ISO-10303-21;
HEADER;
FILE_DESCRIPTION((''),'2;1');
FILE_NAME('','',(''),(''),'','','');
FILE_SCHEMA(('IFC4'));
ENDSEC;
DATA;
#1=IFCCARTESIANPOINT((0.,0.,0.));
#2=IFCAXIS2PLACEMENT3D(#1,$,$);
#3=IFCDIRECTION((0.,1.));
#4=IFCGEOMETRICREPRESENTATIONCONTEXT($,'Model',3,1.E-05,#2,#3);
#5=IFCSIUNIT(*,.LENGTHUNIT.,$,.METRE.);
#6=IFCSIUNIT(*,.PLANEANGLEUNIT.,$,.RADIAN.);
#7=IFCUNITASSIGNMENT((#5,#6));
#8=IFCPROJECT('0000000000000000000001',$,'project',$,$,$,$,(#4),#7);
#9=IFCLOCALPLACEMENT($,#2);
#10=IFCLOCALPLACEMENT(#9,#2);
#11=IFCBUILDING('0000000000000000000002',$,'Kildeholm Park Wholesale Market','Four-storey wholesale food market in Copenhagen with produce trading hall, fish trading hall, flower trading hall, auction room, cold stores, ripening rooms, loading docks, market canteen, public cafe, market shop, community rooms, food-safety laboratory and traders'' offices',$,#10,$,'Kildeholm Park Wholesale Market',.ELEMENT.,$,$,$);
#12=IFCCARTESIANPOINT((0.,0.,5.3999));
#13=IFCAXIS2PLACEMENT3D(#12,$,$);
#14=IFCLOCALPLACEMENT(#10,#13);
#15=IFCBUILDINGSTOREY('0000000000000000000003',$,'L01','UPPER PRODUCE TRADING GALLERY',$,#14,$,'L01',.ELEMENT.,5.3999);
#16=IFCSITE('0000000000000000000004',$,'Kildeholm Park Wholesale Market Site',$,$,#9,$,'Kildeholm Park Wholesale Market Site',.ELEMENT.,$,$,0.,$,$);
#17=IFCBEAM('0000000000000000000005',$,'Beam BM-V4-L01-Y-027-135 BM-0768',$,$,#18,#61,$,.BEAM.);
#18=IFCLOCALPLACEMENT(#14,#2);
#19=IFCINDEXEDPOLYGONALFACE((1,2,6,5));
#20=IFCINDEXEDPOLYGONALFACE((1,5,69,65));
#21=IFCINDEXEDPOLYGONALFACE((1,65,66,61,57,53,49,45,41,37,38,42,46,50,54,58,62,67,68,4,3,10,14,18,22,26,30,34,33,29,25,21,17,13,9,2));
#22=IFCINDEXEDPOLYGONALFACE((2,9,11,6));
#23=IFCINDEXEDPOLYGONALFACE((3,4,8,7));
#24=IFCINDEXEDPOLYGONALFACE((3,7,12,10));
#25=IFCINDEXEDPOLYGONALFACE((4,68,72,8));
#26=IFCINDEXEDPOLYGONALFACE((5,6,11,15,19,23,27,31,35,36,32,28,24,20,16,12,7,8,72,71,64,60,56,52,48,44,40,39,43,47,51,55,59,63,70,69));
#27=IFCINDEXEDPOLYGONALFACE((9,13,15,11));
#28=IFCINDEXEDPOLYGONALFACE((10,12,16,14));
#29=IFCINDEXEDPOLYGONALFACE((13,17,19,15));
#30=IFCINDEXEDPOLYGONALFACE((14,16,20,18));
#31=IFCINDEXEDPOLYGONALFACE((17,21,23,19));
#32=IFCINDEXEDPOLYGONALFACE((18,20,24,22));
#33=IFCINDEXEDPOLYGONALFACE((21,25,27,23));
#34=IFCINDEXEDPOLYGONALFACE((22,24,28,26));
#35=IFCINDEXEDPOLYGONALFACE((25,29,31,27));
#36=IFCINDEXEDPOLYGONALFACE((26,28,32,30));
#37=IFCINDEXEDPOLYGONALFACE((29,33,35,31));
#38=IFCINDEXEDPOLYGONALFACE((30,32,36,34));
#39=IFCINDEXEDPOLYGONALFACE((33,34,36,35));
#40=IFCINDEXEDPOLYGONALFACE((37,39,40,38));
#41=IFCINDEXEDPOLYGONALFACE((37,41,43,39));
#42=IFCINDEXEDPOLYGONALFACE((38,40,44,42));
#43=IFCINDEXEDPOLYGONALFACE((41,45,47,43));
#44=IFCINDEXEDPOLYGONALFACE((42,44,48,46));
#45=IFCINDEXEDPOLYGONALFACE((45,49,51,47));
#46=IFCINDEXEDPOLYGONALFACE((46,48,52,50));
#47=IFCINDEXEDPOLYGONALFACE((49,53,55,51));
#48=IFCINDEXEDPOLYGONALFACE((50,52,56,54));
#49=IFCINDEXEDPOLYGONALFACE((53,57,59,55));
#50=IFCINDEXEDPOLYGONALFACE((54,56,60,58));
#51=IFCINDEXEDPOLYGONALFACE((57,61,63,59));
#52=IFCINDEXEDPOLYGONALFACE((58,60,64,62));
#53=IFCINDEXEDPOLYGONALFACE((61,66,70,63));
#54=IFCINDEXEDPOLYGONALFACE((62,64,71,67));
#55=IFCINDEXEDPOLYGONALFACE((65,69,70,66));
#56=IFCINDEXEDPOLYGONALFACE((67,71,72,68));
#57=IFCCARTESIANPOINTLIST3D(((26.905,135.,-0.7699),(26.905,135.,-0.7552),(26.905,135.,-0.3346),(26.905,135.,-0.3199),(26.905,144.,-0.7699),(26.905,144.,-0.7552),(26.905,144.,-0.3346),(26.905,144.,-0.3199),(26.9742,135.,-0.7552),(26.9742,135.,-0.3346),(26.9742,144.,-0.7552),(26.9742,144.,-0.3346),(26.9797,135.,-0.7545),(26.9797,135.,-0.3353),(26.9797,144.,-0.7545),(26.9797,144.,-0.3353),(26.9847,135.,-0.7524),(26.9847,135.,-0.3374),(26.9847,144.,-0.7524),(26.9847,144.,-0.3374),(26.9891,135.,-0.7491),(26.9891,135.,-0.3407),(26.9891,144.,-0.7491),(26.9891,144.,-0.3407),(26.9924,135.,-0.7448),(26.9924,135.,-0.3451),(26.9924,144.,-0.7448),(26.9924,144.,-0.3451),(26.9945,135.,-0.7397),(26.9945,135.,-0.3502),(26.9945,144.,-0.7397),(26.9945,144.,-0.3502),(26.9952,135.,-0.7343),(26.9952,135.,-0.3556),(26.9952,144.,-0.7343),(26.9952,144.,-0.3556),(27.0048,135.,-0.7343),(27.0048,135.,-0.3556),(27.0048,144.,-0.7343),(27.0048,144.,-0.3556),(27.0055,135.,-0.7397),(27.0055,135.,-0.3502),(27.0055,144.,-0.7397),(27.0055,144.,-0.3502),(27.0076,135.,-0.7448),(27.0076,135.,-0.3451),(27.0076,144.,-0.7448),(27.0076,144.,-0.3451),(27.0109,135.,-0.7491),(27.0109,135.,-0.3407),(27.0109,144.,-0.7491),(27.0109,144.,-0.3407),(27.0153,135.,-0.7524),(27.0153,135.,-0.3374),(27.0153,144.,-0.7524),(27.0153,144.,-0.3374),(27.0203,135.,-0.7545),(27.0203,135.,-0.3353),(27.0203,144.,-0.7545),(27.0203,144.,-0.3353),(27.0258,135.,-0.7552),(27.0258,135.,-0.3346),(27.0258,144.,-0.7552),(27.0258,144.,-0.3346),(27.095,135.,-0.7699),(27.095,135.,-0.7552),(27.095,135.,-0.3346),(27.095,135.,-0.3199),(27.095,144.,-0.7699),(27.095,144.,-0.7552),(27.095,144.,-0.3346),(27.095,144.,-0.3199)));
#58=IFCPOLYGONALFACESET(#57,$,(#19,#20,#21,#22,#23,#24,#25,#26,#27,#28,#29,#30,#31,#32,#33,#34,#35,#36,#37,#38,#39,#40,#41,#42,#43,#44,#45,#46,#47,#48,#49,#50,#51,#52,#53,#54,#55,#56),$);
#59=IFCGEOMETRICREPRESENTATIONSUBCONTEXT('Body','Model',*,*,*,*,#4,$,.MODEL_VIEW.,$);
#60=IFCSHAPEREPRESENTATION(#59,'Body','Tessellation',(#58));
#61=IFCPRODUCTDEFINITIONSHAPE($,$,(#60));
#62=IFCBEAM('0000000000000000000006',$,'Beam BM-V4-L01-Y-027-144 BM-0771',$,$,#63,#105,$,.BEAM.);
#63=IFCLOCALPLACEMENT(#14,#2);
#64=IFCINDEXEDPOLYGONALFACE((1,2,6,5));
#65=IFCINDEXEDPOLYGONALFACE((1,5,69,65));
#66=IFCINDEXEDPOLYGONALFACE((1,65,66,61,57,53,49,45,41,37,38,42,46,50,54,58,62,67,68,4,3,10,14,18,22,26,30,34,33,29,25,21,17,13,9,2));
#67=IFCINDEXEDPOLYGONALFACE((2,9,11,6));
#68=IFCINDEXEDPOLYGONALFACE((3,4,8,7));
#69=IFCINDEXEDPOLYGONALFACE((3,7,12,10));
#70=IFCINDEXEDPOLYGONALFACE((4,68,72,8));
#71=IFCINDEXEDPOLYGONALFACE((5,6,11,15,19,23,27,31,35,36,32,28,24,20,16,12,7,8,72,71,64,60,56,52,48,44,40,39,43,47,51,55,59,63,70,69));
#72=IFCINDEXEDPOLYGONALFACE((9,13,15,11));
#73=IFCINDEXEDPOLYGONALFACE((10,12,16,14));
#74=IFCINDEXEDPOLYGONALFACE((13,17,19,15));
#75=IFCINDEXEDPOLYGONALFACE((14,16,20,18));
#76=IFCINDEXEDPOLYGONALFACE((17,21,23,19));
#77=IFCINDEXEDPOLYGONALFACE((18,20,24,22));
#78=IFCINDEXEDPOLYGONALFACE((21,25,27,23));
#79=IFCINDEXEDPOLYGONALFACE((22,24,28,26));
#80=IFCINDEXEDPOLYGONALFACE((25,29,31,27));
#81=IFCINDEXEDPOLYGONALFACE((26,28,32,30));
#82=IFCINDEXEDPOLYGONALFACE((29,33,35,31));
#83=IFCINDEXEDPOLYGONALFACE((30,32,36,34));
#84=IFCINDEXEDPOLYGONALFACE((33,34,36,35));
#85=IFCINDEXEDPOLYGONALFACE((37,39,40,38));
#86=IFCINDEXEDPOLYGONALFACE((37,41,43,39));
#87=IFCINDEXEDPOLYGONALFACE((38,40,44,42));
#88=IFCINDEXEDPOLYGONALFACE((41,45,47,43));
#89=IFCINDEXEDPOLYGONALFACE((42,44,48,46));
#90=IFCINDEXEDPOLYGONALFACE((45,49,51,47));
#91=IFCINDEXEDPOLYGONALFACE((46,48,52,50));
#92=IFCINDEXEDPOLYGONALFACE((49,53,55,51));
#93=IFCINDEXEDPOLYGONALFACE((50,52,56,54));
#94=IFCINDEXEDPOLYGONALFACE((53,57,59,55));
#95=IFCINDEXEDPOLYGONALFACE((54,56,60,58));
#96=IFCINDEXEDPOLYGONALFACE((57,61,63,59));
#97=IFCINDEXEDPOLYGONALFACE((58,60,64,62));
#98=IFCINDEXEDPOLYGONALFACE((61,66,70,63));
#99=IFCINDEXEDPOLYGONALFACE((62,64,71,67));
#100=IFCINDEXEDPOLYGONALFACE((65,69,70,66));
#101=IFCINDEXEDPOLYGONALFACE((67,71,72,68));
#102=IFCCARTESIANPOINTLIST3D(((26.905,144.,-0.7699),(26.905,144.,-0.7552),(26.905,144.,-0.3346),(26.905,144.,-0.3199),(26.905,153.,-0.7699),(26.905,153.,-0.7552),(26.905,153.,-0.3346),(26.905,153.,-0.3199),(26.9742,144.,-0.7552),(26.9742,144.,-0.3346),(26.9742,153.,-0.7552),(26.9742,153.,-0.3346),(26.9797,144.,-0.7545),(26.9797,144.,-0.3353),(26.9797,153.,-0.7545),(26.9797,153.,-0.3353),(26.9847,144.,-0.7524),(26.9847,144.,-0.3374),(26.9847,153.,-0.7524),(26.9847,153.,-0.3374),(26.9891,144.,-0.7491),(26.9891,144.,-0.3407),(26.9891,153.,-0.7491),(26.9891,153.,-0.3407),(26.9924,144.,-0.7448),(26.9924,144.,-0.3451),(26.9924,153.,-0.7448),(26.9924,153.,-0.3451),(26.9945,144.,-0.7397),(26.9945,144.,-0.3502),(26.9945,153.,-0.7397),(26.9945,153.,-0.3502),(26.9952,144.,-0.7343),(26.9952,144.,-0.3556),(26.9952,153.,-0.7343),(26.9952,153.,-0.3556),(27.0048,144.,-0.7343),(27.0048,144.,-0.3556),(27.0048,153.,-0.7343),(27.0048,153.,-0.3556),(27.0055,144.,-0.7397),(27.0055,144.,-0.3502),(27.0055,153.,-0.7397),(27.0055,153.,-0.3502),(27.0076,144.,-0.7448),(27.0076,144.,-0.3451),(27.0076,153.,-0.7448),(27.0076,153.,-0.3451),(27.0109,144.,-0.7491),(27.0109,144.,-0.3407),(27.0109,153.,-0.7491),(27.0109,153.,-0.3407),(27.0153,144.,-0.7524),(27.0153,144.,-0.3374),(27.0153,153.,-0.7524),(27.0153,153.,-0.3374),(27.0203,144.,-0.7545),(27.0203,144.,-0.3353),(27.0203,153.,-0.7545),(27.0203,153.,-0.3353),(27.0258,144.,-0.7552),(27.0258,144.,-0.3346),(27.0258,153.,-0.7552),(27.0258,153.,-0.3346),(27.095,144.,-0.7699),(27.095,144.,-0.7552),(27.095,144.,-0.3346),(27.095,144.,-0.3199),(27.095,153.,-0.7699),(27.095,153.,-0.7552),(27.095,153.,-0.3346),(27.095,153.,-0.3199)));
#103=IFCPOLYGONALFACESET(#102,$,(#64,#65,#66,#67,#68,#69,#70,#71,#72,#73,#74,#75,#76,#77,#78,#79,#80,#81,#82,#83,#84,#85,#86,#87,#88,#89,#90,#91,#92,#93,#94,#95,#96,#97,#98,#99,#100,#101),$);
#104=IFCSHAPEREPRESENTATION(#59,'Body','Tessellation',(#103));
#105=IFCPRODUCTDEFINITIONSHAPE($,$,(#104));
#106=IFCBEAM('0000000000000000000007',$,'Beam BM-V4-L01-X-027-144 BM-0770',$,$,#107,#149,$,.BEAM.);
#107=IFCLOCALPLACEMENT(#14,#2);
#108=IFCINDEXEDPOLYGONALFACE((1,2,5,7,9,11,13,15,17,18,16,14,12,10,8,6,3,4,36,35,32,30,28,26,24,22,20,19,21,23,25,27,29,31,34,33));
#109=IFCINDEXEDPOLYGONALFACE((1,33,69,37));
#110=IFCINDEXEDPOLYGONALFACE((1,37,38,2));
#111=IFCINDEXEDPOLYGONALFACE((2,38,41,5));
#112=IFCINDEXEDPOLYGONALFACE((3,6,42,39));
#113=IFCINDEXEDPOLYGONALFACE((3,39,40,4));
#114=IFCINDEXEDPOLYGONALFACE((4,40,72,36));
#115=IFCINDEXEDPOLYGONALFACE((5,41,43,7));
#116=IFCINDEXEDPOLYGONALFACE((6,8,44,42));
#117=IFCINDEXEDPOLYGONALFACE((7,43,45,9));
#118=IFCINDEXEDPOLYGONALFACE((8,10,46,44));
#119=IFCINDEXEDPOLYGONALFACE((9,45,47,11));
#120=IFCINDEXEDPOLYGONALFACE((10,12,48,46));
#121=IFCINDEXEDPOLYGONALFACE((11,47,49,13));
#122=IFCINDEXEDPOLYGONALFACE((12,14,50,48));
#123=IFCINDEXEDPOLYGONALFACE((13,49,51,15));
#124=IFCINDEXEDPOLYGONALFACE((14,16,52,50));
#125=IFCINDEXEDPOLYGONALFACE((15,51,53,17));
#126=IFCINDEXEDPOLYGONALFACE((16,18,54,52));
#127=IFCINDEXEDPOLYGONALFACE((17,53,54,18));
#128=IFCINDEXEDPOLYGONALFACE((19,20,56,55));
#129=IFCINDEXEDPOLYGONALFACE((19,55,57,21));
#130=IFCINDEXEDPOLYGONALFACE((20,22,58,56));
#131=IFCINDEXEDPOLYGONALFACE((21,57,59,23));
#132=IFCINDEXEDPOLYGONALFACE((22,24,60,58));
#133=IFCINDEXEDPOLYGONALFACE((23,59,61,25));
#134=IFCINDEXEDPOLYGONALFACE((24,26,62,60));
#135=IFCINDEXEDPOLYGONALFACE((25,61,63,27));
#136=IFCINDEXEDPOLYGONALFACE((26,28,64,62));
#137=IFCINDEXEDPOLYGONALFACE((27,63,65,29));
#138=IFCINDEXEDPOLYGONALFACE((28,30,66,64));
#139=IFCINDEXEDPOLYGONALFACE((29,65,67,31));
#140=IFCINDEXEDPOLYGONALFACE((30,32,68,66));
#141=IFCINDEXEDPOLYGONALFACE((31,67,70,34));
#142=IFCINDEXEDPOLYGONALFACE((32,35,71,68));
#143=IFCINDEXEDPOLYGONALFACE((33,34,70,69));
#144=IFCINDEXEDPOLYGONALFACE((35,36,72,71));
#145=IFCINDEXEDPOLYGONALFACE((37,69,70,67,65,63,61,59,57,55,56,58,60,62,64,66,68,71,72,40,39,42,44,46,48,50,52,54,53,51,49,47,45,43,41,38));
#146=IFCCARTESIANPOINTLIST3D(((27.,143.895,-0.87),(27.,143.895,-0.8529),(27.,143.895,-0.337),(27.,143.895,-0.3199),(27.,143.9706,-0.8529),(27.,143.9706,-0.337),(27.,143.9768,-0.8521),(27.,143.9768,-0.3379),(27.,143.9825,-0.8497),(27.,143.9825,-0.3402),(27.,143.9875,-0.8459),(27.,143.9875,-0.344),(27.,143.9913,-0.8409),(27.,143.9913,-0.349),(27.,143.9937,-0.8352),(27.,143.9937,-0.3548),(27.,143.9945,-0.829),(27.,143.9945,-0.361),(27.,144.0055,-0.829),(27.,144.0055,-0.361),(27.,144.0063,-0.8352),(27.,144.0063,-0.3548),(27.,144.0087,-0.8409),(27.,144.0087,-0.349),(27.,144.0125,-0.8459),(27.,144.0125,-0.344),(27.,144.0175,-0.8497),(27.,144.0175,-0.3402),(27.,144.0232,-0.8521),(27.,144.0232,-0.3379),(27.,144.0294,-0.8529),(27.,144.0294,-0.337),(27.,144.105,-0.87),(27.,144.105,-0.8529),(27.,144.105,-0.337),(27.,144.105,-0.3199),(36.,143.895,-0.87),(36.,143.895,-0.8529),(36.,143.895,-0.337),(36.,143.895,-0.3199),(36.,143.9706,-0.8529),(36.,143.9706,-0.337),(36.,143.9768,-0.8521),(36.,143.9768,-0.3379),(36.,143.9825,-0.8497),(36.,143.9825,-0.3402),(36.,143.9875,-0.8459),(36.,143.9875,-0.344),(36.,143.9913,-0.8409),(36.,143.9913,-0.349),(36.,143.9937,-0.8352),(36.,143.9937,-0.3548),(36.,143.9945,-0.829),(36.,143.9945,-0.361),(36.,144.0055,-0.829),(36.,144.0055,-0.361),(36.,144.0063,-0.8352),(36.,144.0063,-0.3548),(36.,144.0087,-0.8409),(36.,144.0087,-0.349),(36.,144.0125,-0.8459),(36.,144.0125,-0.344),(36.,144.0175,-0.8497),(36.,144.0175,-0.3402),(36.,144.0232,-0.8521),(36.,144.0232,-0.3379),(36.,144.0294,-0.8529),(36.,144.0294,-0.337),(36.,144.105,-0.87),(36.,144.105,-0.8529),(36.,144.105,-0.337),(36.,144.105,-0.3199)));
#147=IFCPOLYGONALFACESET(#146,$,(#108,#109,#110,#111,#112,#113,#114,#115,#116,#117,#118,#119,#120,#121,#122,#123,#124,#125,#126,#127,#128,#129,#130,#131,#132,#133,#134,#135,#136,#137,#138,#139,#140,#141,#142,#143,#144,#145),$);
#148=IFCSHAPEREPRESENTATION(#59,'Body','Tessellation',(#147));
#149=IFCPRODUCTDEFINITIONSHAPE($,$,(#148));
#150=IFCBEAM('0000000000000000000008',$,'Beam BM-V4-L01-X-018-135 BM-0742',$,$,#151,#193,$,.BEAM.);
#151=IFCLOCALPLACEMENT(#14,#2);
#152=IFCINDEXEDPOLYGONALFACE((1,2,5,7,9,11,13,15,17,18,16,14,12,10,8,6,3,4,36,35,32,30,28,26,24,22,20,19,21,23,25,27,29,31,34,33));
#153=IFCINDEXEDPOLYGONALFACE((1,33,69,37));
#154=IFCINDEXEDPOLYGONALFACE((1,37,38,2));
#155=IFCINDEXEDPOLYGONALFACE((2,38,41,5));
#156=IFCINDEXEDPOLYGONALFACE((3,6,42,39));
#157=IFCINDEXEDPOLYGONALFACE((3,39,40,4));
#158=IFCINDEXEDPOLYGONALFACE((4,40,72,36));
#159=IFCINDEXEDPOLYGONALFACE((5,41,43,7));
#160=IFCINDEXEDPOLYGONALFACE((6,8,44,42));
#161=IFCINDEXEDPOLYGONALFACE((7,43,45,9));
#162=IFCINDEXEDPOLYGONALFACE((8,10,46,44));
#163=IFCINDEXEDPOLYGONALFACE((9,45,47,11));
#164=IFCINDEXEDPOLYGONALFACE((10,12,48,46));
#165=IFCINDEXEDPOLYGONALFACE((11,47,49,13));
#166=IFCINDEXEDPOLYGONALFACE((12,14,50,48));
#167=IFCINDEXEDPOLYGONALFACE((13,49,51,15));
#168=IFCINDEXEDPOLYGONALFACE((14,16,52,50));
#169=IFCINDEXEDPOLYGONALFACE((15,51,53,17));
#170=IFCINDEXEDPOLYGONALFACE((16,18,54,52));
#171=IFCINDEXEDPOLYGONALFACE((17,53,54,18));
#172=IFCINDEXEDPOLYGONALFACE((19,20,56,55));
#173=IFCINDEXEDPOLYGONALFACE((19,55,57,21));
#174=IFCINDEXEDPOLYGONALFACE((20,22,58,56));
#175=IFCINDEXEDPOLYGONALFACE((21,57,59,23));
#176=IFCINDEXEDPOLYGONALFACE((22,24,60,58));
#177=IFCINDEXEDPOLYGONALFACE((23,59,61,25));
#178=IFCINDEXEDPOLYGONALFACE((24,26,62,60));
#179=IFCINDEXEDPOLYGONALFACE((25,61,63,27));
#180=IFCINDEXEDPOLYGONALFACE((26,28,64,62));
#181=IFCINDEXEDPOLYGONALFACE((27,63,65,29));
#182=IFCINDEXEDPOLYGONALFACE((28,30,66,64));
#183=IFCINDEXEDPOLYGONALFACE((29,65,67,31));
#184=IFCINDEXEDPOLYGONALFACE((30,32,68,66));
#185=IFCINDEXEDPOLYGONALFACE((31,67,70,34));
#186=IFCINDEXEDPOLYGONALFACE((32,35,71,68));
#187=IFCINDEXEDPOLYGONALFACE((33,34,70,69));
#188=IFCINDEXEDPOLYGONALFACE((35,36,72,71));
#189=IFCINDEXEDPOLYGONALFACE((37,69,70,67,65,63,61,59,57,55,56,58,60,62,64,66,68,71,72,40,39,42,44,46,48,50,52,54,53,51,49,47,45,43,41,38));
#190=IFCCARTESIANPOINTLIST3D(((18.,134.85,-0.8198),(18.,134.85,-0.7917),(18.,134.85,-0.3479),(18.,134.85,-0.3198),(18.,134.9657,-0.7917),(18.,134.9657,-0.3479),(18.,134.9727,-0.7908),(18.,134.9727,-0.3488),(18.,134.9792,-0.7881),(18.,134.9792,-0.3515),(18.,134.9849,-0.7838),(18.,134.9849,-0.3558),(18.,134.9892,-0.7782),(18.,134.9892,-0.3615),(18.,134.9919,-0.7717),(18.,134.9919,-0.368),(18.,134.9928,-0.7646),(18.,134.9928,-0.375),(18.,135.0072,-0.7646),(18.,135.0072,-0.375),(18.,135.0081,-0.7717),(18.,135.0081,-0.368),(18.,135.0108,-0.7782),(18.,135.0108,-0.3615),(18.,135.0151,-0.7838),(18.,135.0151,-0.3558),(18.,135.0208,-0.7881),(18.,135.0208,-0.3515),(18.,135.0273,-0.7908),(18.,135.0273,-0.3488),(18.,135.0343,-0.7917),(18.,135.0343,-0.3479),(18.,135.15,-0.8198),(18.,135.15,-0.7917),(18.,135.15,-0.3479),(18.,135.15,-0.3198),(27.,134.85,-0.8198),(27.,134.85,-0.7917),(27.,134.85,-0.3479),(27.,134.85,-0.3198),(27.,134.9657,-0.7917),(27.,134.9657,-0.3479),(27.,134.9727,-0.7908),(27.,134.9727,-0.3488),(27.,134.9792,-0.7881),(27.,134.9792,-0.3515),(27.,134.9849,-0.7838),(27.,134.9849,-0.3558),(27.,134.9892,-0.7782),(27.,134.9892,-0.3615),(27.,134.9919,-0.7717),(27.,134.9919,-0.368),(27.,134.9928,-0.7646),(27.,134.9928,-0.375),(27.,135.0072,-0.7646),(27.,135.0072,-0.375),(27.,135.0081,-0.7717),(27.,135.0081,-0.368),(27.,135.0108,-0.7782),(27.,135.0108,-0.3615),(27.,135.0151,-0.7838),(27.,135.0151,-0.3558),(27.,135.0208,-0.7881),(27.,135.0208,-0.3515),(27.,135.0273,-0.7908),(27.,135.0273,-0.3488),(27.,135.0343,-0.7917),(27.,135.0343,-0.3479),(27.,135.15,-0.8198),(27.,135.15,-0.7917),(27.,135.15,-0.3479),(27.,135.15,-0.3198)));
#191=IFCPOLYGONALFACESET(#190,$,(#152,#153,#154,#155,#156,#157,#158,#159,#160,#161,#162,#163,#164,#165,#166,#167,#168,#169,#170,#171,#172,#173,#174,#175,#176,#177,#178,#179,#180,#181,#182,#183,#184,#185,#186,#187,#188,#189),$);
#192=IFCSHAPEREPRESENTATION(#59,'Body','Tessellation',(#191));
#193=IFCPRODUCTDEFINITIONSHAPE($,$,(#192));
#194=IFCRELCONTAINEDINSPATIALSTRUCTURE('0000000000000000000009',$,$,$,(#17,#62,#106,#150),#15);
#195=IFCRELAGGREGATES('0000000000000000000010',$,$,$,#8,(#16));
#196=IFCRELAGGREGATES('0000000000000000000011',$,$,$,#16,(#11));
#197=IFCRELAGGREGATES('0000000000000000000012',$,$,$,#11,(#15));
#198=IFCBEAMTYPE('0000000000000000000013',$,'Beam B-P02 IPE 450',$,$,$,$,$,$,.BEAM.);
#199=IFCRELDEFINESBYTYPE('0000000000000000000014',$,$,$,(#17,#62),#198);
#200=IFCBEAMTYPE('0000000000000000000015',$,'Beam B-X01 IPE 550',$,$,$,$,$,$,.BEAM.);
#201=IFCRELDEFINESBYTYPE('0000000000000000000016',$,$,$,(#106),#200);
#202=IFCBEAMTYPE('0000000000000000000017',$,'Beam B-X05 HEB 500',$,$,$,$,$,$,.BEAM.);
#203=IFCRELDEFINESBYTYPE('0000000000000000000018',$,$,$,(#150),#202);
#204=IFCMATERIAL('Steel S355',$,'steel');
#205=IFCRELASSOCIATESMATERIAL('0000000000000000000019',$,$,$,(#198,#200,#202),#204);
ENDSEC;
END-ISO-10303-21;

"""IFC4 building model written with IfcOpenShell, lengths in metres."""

from ifc_helpers import new_model, si_unit, direction, frame, origin, origin_2d, place, context, subcontext, project, spatial, i_section, extrude, material, material_profile, profile_set, type_object, element, save


model = new_model("IFC4")

# Units and contexts
model_context = context("Model", 3, precision=1e-05, world=origin(), true_north=direction((0.0, 1.0)))
body_context = subcontext(model_context, "Body", "Model", "MODEL_VIEW")
ifc_project = project(units=[si_unit("LENGTHUNIT", "METRE"), si_unit("PLANEANGLEUNIT", "RADIAN")], contexts=[model_context])

# Site, building, storey
site_placement = place(None, origin())
site = spatial("IfcSite", under=ifc_project, at=site_placement, Name="Kildeholm Park Wholesale Market Site", LongName="Kildeholm Park Wholesale Market Site", CompositionType="ELEMENT", RefElevation=0.0)
building_placement = place(site_placement, origin())
building = spatial("IfcBuilding", under=site, at=building_placement, Name="Kildeholm Park Wholesale Market", Description="Four-storey wholesale food market in Copenhagen with produce trading hall, fish trading hall, flower trading hall, auction room, cold stores, ripening rooms, loading docks, market canteen, public cafe, market shop, community rooms, food-safety laboratory and traders' offices", LongName="Kildeholm Park Wholesale Market", CompositionType="ELEMENT")
storey_placement = place(building_placement, frame((0.0, 0.0, 5.3999)))
storey = spatial("IfcBuildingStorey", under=building, at=storey_placement, Name="L01", Description="UPPER PRODUCE TRADING GALLERY", LongName="L01", CompositionType="ELEMENT", Elevation=5.3999)

# Beams
ifc_material_1 = material(Name="Steel S355", Category="steel")
ifc_material_profile_1 = material_profile(ifc_material_1, i_section(OverallWidth=0.1899, OverallDepth=0.45, WebThickness=0.0095, FlangeThickness=0.0146, FilletRadius=0.021, at=origin_2d()), Name="IPE 450")
ifc_profile_set_1 = profile_set([ifc_material_profile_1], Name="Steel S355")
beam_type_1 = type_object("IfcBeamType", Name="Beam B-P02 IPE 450", PredefinedType="BEAM", material=ifc_profile_set_1)
for number, where, z_axis, x_axis, name in (
    (1, (27.0, 135.0, -0.5449), (0.0, 1.0, 0.0), (-1.0, 0.0, 0.0), "Beam BM-V4-L01-Y-027-135 BM-0768"),
    (2, (27.0, 144.0, -0.5449), (0.0, 1.0, 0.0), (-1.0, 0.0, 0.0), "Beam BM-V4-L01-Y-027-144 BM-0771"),
):
    element("IfcBeam", number, at=place(storey_placement, frame(where, z_axis=z_axis, x_axis=x_axis)), inside=storey, type_object=beam_type_1, Name=name, PredefinedType="BEAM", context=body_context, shape_type="SweptSolid", body=[
        extrude(i_section(OverallWidth=0.1899, OverallDepth=0.45, WebThickness=0.0095, FlangeThickness=0.0146, FilletRadius=0.021, at=origin_2d()), origin(), (0.0, 0.0, 1.0), 9.0),
    ])
ifc_material_profile_2 = material_profile(ifc_material_1, i_section(OverallWidth=0.21, OverallDepth=0.55, WebThickness=0.011, FlangeThickness=0.0171, FilletRadius=0.0239, at=origin_2d()), Name="IPE 550")
ifc_profile_set_2 = profile_set([ifc_material_profile_2], Name="Steel S355")
beam_type_2 = type_object("IfcBeamType", Name="Beam B-X01 IPE 550", PredefinedType="BEAM", material=ifc_profile_set_2)
beam_1_placement = place(storey_placement, frame((27.0, 144.0, -0.595), z_axis=(1.0, 0.0, 0.0), x_axis=(0.0, 1.0, 0.0)))
element("IfcBeam", 3, at=beam_1_placement, inside=storey, type_object=beam_type_2, Name="Beam BM-V4-L01-X-027-144 BM-0770", PredefinedType="BEAM", context=body_context, shape_type="SweptSolid", body=[
    extrude(i_section(OverallWidth=0.21, OverallDepth=0.55, WebThickness=0.011, FlangeThickness=0.0171, FilletRadius=0.0239, at=origin_2d()), origin(), (0.0, 0.0, 1.0), 9.0),
])
ifc_material_profile_3 = material_profile(ifc_material_1, i_section(OverallWidth=0.3, OverallDepth=0.5, WebThickness=0.0144, FlangeThickness=0.0281, FilletRadius=0.0271, at=origin_2d()), Name="HEB 500")
ifc_profile_set_3 = profile_set([ifc_material_profile_3], Name="Steel S355")
beam_type_3 = type_object("IfcBeamType", Name="Beam B-X05 HEB 500", PredefinedType="BEAM", material=ifc_profile_set_3)
beam_2_placement = place(storey_placement, frame((18.0, 135.0, -0.5698), z_axis=(1.0, 0.0, 0.0), x_axis=(0.0, 1.0, 0.0)))
element("IfcBeam", 4, at=beam_2_placement, inside=storey, type_object=beam_type_3, Name="Beam BM-V4-L01-X-018-135 BM-0742", PredefinedType="BEAM", context=body_context, shape_type="SweptSolid", body=[
    extrude(i_section(OverallWidth=0.3, OverallDepth=0.5, WebThickness=0.0144, FlangeThickness=0.0281, FilletRadius=0.0271, at=origin_2d()), origin(), (0.0, 0.0, 1.0), 9.0),
])

save(model, "model.ifc")
